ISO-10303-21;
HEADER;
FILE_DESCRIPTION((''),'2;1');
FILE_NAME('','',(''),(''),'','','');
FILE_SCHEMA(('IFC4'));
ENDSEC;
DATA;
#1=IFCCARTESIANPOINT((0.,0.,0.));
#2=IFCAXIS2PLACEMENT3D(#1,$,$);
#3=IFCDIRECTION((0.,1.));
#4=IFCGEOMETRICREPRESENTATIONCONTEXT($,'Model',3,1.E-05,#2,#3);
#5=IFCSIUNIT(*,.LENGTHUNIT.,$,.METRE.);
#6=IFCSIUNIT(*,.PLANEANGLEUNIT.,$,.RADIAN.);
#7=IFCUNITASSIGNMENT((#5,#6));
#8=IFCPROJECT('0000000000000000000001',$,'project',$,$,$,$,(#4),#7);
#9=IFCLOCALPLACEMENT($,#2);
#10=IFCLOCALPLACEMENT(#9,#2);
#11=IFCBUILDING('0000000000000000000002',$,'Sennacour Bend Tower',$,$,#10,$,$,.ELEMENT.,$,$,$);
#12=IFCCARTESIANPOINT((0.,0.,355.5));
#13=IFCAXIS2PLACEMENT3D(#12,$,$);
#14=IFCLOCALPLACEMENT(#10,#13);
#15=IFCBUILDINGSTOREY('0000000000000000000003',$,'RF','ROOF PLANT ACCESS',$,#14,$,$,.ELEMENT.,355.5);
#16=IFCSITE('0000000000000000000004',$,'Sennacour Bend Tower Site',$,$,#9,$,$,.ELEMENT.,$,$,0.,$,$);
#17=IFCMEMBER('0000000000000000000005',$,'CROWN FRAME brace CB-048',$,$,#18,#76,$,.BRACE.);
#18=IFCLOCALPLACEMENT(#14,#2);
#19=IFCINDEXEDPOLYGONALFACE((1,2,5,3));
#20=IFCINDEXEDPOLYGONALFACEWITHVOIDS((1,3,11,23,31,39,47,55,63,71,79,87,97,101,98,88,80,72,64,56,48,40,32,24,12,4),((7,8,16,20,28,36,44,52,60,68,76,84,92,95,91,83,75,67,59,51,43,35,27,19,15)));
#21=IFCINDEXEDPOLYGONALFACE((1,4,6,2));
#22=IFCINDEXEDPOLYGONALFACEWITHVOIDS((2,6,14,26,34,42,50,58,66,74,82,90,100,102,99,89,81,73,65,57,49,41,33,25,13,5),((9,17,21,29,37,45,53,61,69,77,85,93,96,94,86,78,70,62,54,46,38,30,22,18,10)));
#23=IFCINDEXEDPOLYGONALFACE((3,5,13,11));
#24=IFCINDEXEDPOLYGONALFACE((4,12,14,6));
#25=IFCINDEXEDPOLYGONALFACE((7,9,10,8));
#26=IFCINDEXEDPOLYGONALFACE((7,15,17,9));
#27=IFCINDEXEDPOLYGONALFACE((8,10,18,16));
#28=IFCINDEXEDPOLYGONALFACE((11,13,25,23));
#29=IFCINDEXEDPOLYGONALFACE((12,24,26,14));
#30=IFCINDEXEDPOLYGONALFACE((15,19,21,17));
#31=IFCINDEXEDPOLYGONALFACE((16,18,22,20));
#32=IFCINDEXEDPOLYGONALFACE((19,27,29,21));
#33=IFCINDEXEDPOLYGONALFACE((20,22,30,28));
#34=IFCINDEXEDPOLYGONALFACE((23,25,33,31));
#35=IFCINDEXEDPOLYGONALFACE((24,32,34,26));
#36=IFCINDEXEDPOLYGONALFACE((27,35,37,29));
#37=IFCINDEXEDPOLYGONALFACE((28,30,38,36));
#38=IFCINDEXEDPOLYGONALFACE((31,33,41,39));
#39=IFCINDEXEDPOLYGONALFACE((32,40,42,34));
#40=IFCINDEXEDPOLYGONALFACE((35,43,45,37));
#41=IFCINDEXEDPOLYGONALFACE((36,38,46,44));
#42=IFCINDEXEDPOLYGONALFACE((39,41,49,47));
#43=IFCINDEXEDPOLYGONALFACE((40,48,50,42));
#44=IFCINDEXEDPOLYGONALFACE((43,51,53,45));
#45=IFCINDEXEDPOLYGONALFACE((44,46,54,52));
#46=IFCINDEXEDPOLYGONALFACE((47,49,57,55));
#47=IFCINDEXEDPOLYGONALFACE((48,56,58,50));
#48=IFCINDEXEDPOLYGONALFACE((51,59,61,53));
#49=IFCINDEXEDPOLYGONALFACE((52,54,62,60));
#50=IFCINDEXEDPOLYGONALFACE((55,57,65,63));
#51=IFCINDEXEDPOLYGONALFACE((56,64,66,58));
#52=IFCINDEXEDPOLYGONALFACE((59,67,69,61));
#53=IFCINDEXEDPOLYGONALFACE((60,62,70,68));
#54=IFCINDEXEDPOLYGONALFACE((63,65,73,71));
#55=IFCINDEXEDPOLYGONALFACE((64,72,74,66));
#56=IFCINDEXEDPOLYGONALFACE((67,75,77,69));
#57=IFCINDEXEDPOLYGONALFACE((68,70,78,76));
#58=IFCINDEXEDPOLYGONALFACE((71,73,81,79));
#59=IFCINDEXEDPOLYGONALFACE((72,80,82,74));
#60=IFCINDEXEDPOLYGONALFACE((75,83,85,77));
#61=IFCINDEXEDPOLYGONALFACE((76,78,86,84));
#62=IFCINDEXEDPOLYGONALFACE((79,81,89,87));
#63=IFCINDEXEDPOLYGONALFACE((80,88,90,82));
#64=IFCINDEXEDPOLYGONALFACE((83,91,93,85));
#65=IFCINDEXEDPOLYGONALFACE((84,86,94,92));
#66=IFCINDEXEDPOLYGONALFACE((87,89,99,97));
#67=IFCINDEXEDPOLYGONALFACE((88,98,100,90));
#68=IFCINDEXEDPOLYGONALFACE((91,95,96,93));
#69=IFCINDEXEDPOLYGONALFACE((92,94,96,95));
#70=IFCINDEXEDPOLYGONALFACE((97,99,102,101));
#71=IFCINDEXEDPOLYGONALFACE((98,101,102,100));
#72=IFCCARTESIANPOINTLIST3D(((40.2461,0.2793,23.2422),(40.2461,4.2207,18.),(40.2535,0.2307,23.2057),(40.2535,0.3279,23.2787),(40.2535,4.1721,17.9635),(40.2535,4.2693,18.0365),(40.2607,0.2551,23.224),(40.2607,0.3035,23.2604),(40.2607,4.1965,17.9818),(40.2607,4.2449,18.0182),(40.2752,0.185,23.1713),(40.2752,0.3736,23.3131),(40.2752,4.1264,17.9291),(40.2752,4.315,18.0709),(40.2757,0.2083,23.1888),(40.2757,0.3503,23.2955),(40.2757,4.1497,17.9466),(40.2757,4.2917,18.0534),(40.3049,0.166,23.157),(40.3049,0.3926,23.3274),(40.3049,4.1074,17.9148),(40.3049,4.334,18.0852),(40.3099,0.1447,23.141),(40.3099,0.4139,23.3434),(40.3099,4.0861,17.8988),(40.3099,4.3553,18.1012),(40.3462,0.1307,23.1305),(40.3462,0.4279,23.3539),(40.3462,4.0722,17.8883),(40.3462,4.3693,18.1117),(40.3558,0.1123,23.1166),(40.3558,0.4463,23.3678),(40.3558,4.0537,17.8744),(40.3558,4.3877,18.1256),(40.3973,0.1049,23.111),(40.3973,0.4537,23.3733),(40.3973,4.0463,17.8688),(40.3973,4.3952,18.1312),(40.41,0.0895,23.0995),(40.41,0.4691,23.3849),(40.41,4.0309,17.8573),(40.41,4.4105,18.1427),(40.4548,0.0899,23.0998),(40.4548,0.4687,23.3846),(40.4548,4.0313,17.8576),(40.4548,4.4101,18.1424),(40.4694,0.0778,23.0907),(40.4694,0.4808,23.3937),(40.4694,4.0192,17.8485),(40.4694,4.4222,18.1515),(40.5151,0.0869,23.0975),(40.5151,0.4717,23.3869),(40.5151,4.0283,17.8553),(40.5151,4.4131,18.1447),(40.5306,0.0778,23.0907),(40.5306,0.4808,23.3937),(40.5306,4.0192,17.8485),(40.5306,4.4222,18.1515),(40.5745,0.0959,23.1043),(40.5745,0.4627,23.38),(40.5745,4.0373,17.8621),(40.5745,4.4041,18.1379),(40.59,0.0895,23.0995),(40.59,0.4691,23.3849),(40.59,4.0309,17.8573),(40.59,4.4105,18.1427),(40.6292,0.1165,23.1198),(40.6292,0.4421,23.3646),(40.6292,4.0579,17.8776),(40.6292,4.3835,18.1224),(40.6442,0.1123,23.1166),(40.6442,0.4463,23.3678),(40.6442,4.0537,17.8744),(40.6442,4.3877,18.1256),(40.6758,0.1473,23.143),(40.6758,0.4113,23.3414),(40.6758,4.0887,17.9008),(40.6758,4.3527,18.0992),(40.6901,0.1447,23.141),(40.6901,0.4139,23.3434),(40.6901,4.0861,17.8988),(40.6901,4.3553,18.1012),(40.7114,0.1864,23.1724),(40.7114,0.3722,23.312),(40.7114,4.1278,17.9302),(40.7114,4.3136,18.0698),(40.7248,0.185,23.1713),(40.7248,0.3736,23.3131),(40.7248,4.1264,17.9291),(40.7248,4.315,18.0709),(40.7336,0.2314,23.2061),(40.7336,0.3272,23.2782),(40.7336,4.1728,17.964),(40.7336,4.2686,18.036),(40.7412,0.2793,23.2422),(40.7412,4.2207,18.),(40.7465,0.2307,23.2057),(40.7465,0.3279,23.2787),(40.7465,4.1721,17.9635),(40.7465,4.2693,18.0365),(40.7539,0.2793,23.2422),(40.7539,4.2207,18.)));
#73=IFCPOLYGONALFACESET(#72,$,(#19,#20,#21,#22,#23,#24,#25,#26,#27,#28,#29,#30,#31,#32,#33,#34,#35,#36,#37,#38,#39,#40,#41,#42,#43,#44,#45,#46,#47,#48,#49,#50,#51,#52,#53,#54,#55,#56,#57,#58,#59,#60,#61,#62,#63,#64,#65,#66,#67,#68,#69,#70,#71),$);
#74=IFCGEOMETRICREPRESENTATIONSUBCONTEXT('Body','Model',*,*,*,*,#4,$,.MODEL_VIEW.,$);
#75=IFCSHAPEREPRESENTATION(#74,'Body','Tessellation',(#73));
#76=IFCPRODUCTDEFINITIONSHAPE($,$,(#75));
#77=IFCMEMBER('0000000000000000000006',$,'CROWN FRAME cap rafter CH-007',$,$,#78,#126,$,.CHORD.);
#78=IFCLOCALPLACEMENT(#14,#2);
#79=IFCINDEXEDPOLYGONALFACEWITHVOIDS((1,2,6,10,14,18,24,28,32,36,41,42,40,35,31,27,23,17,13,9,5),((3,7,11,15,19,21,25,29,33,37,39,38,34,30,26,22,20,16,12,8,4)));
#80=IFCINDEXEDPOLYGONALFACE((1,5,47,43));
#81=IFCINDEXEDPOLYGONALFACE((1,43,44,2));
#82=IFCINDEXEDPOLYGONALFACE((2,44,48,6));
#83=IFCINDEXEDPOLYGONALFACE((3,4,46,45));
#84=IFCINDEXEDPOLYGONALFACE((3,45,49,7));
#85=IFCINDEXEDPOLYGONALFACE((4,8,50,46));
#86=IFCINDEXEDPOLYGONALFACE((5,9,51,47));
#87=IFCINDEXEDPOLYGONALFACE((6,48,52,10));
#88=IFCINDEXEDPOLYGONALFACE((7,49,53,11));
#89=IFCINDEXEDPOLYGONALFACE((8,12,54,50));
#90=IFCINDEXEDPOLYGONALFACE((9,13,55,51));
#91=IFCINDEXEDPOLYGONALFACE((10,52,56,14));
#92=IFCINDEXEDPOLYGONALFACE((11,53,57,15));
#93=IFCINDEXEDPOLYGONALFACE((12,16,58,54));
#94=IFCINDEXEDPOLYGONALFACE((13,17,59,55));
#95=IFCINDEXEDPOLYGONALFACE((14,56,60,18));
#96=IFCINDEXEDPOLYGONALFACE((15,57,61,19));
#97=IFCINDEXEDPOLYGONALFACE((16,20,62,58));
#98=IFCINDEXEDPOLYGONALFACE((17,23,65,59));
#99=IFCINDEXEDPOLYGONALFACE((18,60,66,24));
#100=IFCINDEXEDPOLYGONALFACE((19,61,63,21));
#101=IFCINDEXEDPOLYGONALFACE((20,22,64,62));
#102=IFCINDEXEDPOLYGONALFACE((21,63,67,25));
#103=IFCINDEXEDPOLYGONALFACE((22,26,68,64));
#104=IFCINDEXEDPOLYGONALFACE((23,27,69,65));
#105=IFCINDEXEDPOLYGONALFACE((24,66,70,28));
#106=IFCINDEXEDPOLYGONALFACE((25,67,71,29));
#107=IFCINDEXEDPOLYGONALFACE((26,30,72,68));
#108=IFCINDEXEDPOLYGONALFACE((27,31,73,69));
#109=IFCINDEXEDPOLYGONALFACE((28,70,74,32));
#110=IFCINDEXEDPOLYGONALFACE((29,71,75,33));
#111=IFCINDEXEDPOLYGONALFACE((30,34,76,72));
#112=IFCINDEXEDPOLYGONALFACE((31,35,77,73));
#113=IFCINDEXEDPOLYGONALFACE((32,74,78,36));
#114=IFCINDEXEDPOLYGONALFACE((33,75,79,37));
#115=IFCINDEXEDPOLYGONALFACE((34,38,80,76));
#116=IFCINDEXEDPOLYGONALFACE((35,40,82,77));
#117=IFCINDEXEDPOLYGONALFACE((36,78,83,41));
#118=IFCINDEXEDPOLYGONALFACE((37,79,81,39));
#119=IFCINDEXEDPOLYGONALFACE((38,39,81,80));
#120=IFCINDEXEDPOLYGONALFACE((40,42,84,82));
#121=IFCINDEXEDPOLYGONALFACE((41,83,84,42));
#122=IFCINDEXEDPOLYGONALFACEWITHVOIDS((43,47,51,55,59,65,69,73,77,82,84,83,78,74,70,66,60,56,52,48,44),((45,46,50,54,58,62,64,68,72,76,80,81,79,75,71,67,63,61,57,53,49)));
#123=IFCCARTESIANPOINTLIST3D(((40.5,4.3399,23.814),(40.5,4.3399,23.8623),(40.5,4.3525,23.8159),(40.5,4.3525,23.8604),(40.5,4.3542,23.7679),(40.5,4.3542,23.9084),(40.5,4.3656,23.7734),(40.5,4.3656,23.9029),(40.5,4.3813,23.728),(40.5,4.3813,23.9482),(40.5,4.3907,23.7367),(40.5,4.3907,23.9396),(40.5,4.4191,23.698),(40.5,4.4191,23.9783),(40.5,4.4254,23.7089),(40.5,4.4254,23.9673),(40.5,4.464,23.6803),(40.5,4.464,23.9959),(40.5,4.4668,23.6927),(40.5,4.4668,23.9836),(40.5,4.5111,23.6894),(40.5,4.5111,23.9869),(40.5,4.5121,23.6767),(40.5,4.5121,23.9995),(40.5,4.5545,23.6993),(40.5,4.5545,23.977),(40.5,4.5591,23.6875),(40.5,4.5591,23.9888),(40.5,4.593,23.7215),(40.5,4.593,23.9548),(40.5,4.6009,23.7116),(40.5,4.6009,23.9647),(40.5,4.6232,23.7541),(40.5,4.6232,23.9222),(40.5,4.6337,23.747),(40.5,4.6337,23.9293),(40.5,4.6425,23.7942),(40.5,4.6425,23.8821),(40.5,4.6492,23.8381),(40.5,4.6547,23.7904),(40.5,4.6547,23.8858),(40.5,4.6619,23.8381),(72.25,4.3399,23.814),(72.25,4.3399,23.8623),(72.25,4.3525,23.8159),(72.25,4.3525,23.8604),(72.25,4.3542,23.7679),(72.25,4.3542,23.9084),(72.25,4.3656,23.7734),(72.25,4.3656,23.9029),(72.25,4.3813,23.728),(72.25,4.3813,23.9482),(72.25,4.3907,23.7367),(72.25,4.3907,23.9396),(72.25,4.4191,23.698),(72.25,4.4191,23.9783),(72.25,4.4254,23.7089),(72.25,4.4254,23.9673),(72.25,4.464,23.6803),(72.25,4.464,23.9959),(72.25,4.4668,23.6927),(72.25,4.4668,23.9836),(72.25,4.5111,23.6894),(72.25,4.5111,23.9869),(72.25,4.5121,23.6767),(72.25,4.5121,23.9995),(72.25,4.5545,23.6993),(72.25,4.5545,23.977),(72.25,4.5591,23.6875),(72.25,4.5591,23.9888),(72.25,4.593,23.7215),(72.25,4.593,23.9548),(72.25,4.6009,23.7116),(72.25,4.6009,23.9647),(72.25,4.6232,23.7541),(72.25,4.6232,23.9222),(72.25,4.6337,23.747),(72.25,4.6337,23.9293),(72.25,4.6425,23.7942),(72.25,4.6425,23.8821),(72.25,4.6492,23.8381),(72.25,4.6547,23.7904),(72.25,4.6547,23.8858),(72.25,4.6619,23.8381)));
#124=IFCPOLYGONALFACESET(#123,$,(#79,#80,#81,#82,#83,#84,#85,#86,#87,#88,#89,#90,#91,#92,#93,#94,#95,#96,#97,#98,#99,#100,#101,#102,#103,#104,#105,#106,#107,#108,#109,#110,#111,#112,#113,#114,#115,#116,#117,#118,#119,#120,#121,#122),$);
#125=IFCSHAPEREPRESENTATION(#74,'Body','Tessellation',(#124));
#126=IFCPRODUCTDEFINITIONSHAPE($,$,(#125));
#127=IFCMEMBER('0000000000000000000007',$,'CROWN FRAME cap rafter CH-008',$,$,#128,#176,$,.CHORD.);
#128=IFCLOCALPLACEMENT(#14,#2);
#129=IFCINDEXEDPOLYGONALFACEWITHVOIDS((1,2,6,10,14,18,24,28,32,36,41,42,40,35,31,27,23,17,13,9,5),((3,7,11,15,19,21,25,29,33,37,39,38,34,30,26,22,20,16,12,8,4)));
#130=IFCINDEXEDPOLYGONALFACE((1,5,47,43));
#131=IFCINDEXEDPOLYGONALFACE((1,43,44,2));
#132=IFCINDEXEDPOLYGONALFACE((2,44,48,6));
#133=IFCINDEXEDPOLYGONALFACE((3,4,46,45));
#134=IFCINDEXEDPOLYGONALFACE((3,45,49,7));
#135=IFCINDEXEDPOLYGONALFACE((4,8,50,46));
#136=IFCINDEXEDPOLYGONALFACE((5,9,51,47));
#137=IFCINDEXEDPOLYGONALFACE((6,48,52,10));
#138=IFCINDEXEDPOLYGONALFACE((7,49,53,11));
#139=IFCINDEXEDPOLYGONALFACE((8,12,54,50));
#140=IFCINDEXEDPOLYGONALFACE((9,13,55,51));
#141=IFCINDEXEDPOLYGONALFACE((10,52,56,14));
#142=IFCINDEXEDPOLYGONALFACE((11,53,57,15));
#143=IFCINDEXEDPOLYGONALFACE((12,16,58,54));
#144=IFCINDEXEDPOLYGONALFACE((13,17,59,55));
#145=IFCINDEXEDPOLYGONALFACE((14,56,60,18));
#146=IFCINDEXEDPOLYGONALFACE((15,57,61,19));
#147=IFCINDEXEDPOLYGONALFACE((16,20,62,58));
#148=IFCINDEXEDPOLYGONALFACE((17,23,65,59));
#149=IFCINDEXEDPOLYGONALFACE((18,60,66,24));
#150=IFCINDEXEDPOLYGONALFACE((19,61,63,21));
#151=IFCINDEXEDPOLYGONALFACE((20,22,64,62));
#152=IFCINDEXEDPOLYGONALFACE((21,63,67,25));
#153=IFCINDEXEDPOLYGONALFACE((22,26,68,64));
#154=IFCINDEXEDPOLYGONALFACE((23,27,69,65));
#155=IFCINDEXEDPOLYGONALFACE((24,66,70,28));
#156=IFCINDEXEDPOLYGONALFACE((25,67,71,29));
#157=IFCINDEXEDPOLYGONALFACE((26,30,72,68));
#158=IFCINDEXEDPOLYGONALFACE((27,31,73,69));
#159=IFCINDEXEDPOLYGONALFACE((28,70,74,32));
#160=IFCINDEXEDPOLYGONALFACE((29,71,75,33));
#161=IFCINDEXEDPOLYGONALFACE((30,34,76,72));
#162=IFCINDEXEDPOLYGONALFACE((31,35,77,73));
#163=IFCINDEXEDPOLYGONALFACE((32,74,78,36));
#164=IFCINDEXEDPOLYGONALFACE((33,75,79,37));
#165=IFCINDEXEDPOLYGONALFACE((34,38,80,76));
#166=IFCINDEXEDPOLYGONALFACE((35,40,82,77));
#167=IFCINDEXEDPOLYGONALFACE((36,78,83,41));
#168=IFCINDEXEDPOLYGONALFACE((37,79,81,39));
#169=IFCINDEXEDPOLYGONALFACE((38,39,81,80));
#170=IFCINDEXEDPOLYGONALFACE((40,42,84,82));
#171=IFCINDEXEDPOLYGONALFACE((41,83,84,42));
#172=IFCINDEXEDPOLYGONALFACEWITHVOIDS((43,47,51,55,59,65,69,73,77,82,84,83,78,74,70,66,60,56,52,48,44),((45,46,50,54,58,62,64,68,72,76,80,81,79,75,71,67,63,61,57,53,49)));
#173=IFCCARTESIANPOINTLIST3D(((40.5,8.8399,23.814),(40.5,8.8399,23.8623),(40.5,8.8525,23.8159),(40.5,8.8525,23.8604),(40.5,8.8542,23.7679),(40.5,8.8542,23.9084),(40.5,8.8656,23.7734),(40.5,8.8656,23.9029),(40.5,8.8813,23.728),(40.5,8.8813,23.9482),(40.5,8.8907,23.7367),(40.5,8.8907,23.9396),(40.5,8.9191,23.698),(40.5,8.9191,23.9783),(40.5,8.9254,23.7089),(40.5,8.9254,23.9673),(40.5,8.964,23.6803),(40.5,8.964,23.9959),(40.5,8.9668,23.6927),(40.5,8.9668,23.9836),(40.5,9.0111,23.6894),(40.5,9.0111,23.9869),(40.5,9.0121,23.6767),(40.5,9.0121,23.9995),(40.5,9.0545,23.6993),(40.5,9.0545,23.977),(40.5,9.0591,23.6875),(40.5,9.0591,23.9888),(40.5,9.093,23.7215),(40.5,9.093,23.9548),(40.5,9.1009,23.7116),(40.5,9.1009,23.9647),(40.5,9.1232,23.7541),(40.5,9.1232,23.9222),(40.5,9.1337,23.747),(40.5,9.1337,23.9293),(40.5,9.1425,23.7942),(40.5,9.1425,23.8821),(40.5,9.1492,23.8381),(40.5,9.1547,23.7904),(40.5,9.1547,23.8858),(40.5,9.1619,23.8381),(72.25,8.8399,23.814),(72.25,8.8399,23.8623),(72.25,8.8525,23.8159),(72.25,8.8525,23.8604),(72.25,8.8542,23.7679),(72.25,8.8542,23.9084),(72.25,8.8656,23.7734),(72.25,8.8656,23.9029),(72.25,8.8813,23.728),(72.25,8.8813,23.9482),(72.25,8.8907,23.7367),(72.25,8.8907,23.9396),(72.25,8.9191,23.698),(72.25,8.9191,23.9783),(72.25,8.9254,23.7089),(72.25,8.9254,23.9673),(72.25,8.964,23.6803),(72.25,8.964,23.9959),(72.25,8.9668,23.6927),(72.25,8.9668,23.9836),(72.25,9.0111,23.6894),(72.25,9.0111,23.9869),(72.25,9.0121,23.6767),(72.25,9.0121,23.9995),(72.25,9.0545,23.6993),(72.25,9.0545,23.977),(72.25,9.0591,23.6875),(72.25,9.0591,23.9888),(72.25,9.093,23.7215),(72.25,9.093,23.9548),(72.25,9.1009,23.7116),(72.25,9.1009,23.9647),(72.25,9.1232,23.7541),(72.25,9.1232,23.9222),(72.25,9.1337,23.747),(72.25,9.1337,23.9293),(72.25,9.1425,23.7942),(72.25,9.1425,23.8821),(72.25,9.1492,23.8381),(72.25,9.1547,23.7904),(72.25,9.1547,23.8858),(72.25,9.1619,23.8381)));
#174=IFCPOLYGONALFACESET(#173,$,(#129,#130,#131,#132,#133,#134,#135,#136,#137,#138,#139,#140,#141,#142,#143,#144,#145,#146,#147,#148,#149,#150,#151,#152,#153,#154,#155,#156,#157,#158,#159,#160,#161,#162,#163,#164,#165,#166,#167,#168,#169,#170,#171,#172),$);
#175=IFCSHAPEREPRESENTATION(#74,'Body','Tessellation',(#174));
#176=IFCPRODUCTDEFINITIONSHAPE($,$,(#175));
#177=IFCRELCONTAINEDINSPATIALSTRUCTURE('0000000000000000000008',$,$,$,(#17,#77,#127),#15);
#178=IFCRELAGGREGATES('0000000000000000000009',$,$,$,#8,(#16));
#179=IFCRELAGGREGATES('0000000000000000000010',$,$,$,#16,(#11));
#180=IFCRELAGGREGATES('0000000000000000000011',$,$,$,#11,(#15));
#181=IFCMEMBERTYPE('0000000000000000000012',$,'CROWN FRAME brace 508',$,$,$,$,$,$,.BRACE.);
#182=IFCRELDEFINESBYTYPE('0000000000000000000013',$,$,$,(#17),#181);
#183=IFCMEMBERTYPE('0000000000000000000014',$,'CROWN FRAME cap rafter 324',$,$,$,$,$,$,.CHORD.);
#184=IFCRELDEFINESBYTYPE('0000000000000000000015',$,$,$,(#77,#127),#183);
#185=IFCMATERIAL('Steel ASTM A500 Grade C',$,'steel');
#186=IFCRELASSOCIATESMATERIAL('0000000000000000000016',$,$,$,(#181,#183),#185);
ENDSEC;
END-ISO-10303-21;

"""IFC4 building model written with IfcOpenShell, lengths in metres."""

from ifc_helpers import new_model, si_unit, direction, frame, origin, origin_2d, place, context, subcontext, project, spatial, hollow_circle, extrude, material, material_profile, profile_set, type_object, element, save


model = new_model("IFC4")

# Units and contexts
model_context = context("Model", 3, precision=1e-05, world=origin(), true_north=direction((0.0, 1.0)))
body_context = subcontext(model_context, "Body", "Model", "MODEL_VIEW")
ifc_project = project(units=[si_unit("LENGTHUNIT", "METRE"), si_unit("PLANEANGLEUNIT", "RADIAN")], contexts=[model_context])

# Site, building, storey
site_placement = place(None, origin())
site = spatial("IfcSite", under=ifc_project, at=site_placement, Name="Sennacour Bend Tower Site", CompositionType="ELEMENT", RefElevation=0.0)
building_placement = place(site_placement, origin())
building = spatial("IfcBuilding", under=site, at=building_placement, Name="Sennacour Bend Tower", CompositionType="ELEMENT")
storey_placement = place(building_placement, frame((0.0, 0.0, 355.5)))
storey = spatial("IfcBuildingStorey", under=building, at=storey_placement, Name="RF", Description="ROOF PLANT ACCESS", CompositionType="ELEMENT", Elevation=355.5)

# Members
ifc_material_1 = material(Name="Steel ASTM A500 Grade C", Category="steel")
ifc_material_profile_1 = material_profile(ifc_material_1, hollow_circle(Radius=0.2539, WallThickness=0.0127, at=origin_2d()), Name="Steel ASTM A500 Grade C", Category="steel")
ifc_profile_set_1 = profile_set([ifc_material_profile_1], Name="Steel ASTM A500 Grade C")
member_type_1 = type_object("IfcMemberType", Name="CROWN FRAME brace 508", PredefinedType="BRACE", material=ifc_profile_set_1)
member_1_placement = place(storey_placement, frame((40.5, 4.2207, 18.0), z_axis=(0.0, -0.600953, 0.799285), x_axis=(1.0, 0.0, 0.0)))
element("IfcMember", 1, at=member_1_placement, inside=storey, type_object=member_type_1, Name="CROWN FRAME brace CB-048", PredefinedType="BRACE", context=body_context, shape_type="SweptSolid", body=[
    extrude(hollow_circle(Radius=0.2539, WallThickness=0.0127, at=origin_2d()), origin(), (0.0, 0.0, 1.0), 6.5586),
])
ifc_material_profile_2 = material_profile(ifc_material_1, hollow_circle(Radius=0.1619, WallThickness=0.0127, at=origin_2d()), Name="Steel ASTM A500 Grade C", Category="steel")
ifc_profile_set_2 = profile_set([ifc_material_profile_2], Name="Steel ASTM A500 Grade C")
member_type_2 = type_object("IfcMemberType", Name="CROWN FRAME cap rafter 324", PredefinedType="CHORD", material=ifc_profile_set_2)
for number, where, z_axis, x_axis, name in (
    (2, (40.5, 4.5, 23.8381), (1.0, 0.0, 0.0), (0.0, 1.0, 0.0), "CROWN FRAME cap rafter CH-007"),
    (3, (40.5, 9.0, 23.8381), (1.0, 0.0, 0.0), (0.0, 1.0, 0.0), "CROWN FRAME cap rafter CH-008"),
):
    element("IfcMember", number, at=place(storey_placement, frame(where, z_axis=z_axis, x_axis=x_axis)), inside=storey, type_object=member_type_2, Name=name, PredefinedType="CHORD", context=body_context, shape_type="SweptSolid", body=[
        extrude(hollow_circle(Radius=0.1619, WallThickness=0.0127, at=origin_2d()), origin(), (0.0, 0.0, 1.0), 31.75),
    ])

save(model, "model.ifc")
